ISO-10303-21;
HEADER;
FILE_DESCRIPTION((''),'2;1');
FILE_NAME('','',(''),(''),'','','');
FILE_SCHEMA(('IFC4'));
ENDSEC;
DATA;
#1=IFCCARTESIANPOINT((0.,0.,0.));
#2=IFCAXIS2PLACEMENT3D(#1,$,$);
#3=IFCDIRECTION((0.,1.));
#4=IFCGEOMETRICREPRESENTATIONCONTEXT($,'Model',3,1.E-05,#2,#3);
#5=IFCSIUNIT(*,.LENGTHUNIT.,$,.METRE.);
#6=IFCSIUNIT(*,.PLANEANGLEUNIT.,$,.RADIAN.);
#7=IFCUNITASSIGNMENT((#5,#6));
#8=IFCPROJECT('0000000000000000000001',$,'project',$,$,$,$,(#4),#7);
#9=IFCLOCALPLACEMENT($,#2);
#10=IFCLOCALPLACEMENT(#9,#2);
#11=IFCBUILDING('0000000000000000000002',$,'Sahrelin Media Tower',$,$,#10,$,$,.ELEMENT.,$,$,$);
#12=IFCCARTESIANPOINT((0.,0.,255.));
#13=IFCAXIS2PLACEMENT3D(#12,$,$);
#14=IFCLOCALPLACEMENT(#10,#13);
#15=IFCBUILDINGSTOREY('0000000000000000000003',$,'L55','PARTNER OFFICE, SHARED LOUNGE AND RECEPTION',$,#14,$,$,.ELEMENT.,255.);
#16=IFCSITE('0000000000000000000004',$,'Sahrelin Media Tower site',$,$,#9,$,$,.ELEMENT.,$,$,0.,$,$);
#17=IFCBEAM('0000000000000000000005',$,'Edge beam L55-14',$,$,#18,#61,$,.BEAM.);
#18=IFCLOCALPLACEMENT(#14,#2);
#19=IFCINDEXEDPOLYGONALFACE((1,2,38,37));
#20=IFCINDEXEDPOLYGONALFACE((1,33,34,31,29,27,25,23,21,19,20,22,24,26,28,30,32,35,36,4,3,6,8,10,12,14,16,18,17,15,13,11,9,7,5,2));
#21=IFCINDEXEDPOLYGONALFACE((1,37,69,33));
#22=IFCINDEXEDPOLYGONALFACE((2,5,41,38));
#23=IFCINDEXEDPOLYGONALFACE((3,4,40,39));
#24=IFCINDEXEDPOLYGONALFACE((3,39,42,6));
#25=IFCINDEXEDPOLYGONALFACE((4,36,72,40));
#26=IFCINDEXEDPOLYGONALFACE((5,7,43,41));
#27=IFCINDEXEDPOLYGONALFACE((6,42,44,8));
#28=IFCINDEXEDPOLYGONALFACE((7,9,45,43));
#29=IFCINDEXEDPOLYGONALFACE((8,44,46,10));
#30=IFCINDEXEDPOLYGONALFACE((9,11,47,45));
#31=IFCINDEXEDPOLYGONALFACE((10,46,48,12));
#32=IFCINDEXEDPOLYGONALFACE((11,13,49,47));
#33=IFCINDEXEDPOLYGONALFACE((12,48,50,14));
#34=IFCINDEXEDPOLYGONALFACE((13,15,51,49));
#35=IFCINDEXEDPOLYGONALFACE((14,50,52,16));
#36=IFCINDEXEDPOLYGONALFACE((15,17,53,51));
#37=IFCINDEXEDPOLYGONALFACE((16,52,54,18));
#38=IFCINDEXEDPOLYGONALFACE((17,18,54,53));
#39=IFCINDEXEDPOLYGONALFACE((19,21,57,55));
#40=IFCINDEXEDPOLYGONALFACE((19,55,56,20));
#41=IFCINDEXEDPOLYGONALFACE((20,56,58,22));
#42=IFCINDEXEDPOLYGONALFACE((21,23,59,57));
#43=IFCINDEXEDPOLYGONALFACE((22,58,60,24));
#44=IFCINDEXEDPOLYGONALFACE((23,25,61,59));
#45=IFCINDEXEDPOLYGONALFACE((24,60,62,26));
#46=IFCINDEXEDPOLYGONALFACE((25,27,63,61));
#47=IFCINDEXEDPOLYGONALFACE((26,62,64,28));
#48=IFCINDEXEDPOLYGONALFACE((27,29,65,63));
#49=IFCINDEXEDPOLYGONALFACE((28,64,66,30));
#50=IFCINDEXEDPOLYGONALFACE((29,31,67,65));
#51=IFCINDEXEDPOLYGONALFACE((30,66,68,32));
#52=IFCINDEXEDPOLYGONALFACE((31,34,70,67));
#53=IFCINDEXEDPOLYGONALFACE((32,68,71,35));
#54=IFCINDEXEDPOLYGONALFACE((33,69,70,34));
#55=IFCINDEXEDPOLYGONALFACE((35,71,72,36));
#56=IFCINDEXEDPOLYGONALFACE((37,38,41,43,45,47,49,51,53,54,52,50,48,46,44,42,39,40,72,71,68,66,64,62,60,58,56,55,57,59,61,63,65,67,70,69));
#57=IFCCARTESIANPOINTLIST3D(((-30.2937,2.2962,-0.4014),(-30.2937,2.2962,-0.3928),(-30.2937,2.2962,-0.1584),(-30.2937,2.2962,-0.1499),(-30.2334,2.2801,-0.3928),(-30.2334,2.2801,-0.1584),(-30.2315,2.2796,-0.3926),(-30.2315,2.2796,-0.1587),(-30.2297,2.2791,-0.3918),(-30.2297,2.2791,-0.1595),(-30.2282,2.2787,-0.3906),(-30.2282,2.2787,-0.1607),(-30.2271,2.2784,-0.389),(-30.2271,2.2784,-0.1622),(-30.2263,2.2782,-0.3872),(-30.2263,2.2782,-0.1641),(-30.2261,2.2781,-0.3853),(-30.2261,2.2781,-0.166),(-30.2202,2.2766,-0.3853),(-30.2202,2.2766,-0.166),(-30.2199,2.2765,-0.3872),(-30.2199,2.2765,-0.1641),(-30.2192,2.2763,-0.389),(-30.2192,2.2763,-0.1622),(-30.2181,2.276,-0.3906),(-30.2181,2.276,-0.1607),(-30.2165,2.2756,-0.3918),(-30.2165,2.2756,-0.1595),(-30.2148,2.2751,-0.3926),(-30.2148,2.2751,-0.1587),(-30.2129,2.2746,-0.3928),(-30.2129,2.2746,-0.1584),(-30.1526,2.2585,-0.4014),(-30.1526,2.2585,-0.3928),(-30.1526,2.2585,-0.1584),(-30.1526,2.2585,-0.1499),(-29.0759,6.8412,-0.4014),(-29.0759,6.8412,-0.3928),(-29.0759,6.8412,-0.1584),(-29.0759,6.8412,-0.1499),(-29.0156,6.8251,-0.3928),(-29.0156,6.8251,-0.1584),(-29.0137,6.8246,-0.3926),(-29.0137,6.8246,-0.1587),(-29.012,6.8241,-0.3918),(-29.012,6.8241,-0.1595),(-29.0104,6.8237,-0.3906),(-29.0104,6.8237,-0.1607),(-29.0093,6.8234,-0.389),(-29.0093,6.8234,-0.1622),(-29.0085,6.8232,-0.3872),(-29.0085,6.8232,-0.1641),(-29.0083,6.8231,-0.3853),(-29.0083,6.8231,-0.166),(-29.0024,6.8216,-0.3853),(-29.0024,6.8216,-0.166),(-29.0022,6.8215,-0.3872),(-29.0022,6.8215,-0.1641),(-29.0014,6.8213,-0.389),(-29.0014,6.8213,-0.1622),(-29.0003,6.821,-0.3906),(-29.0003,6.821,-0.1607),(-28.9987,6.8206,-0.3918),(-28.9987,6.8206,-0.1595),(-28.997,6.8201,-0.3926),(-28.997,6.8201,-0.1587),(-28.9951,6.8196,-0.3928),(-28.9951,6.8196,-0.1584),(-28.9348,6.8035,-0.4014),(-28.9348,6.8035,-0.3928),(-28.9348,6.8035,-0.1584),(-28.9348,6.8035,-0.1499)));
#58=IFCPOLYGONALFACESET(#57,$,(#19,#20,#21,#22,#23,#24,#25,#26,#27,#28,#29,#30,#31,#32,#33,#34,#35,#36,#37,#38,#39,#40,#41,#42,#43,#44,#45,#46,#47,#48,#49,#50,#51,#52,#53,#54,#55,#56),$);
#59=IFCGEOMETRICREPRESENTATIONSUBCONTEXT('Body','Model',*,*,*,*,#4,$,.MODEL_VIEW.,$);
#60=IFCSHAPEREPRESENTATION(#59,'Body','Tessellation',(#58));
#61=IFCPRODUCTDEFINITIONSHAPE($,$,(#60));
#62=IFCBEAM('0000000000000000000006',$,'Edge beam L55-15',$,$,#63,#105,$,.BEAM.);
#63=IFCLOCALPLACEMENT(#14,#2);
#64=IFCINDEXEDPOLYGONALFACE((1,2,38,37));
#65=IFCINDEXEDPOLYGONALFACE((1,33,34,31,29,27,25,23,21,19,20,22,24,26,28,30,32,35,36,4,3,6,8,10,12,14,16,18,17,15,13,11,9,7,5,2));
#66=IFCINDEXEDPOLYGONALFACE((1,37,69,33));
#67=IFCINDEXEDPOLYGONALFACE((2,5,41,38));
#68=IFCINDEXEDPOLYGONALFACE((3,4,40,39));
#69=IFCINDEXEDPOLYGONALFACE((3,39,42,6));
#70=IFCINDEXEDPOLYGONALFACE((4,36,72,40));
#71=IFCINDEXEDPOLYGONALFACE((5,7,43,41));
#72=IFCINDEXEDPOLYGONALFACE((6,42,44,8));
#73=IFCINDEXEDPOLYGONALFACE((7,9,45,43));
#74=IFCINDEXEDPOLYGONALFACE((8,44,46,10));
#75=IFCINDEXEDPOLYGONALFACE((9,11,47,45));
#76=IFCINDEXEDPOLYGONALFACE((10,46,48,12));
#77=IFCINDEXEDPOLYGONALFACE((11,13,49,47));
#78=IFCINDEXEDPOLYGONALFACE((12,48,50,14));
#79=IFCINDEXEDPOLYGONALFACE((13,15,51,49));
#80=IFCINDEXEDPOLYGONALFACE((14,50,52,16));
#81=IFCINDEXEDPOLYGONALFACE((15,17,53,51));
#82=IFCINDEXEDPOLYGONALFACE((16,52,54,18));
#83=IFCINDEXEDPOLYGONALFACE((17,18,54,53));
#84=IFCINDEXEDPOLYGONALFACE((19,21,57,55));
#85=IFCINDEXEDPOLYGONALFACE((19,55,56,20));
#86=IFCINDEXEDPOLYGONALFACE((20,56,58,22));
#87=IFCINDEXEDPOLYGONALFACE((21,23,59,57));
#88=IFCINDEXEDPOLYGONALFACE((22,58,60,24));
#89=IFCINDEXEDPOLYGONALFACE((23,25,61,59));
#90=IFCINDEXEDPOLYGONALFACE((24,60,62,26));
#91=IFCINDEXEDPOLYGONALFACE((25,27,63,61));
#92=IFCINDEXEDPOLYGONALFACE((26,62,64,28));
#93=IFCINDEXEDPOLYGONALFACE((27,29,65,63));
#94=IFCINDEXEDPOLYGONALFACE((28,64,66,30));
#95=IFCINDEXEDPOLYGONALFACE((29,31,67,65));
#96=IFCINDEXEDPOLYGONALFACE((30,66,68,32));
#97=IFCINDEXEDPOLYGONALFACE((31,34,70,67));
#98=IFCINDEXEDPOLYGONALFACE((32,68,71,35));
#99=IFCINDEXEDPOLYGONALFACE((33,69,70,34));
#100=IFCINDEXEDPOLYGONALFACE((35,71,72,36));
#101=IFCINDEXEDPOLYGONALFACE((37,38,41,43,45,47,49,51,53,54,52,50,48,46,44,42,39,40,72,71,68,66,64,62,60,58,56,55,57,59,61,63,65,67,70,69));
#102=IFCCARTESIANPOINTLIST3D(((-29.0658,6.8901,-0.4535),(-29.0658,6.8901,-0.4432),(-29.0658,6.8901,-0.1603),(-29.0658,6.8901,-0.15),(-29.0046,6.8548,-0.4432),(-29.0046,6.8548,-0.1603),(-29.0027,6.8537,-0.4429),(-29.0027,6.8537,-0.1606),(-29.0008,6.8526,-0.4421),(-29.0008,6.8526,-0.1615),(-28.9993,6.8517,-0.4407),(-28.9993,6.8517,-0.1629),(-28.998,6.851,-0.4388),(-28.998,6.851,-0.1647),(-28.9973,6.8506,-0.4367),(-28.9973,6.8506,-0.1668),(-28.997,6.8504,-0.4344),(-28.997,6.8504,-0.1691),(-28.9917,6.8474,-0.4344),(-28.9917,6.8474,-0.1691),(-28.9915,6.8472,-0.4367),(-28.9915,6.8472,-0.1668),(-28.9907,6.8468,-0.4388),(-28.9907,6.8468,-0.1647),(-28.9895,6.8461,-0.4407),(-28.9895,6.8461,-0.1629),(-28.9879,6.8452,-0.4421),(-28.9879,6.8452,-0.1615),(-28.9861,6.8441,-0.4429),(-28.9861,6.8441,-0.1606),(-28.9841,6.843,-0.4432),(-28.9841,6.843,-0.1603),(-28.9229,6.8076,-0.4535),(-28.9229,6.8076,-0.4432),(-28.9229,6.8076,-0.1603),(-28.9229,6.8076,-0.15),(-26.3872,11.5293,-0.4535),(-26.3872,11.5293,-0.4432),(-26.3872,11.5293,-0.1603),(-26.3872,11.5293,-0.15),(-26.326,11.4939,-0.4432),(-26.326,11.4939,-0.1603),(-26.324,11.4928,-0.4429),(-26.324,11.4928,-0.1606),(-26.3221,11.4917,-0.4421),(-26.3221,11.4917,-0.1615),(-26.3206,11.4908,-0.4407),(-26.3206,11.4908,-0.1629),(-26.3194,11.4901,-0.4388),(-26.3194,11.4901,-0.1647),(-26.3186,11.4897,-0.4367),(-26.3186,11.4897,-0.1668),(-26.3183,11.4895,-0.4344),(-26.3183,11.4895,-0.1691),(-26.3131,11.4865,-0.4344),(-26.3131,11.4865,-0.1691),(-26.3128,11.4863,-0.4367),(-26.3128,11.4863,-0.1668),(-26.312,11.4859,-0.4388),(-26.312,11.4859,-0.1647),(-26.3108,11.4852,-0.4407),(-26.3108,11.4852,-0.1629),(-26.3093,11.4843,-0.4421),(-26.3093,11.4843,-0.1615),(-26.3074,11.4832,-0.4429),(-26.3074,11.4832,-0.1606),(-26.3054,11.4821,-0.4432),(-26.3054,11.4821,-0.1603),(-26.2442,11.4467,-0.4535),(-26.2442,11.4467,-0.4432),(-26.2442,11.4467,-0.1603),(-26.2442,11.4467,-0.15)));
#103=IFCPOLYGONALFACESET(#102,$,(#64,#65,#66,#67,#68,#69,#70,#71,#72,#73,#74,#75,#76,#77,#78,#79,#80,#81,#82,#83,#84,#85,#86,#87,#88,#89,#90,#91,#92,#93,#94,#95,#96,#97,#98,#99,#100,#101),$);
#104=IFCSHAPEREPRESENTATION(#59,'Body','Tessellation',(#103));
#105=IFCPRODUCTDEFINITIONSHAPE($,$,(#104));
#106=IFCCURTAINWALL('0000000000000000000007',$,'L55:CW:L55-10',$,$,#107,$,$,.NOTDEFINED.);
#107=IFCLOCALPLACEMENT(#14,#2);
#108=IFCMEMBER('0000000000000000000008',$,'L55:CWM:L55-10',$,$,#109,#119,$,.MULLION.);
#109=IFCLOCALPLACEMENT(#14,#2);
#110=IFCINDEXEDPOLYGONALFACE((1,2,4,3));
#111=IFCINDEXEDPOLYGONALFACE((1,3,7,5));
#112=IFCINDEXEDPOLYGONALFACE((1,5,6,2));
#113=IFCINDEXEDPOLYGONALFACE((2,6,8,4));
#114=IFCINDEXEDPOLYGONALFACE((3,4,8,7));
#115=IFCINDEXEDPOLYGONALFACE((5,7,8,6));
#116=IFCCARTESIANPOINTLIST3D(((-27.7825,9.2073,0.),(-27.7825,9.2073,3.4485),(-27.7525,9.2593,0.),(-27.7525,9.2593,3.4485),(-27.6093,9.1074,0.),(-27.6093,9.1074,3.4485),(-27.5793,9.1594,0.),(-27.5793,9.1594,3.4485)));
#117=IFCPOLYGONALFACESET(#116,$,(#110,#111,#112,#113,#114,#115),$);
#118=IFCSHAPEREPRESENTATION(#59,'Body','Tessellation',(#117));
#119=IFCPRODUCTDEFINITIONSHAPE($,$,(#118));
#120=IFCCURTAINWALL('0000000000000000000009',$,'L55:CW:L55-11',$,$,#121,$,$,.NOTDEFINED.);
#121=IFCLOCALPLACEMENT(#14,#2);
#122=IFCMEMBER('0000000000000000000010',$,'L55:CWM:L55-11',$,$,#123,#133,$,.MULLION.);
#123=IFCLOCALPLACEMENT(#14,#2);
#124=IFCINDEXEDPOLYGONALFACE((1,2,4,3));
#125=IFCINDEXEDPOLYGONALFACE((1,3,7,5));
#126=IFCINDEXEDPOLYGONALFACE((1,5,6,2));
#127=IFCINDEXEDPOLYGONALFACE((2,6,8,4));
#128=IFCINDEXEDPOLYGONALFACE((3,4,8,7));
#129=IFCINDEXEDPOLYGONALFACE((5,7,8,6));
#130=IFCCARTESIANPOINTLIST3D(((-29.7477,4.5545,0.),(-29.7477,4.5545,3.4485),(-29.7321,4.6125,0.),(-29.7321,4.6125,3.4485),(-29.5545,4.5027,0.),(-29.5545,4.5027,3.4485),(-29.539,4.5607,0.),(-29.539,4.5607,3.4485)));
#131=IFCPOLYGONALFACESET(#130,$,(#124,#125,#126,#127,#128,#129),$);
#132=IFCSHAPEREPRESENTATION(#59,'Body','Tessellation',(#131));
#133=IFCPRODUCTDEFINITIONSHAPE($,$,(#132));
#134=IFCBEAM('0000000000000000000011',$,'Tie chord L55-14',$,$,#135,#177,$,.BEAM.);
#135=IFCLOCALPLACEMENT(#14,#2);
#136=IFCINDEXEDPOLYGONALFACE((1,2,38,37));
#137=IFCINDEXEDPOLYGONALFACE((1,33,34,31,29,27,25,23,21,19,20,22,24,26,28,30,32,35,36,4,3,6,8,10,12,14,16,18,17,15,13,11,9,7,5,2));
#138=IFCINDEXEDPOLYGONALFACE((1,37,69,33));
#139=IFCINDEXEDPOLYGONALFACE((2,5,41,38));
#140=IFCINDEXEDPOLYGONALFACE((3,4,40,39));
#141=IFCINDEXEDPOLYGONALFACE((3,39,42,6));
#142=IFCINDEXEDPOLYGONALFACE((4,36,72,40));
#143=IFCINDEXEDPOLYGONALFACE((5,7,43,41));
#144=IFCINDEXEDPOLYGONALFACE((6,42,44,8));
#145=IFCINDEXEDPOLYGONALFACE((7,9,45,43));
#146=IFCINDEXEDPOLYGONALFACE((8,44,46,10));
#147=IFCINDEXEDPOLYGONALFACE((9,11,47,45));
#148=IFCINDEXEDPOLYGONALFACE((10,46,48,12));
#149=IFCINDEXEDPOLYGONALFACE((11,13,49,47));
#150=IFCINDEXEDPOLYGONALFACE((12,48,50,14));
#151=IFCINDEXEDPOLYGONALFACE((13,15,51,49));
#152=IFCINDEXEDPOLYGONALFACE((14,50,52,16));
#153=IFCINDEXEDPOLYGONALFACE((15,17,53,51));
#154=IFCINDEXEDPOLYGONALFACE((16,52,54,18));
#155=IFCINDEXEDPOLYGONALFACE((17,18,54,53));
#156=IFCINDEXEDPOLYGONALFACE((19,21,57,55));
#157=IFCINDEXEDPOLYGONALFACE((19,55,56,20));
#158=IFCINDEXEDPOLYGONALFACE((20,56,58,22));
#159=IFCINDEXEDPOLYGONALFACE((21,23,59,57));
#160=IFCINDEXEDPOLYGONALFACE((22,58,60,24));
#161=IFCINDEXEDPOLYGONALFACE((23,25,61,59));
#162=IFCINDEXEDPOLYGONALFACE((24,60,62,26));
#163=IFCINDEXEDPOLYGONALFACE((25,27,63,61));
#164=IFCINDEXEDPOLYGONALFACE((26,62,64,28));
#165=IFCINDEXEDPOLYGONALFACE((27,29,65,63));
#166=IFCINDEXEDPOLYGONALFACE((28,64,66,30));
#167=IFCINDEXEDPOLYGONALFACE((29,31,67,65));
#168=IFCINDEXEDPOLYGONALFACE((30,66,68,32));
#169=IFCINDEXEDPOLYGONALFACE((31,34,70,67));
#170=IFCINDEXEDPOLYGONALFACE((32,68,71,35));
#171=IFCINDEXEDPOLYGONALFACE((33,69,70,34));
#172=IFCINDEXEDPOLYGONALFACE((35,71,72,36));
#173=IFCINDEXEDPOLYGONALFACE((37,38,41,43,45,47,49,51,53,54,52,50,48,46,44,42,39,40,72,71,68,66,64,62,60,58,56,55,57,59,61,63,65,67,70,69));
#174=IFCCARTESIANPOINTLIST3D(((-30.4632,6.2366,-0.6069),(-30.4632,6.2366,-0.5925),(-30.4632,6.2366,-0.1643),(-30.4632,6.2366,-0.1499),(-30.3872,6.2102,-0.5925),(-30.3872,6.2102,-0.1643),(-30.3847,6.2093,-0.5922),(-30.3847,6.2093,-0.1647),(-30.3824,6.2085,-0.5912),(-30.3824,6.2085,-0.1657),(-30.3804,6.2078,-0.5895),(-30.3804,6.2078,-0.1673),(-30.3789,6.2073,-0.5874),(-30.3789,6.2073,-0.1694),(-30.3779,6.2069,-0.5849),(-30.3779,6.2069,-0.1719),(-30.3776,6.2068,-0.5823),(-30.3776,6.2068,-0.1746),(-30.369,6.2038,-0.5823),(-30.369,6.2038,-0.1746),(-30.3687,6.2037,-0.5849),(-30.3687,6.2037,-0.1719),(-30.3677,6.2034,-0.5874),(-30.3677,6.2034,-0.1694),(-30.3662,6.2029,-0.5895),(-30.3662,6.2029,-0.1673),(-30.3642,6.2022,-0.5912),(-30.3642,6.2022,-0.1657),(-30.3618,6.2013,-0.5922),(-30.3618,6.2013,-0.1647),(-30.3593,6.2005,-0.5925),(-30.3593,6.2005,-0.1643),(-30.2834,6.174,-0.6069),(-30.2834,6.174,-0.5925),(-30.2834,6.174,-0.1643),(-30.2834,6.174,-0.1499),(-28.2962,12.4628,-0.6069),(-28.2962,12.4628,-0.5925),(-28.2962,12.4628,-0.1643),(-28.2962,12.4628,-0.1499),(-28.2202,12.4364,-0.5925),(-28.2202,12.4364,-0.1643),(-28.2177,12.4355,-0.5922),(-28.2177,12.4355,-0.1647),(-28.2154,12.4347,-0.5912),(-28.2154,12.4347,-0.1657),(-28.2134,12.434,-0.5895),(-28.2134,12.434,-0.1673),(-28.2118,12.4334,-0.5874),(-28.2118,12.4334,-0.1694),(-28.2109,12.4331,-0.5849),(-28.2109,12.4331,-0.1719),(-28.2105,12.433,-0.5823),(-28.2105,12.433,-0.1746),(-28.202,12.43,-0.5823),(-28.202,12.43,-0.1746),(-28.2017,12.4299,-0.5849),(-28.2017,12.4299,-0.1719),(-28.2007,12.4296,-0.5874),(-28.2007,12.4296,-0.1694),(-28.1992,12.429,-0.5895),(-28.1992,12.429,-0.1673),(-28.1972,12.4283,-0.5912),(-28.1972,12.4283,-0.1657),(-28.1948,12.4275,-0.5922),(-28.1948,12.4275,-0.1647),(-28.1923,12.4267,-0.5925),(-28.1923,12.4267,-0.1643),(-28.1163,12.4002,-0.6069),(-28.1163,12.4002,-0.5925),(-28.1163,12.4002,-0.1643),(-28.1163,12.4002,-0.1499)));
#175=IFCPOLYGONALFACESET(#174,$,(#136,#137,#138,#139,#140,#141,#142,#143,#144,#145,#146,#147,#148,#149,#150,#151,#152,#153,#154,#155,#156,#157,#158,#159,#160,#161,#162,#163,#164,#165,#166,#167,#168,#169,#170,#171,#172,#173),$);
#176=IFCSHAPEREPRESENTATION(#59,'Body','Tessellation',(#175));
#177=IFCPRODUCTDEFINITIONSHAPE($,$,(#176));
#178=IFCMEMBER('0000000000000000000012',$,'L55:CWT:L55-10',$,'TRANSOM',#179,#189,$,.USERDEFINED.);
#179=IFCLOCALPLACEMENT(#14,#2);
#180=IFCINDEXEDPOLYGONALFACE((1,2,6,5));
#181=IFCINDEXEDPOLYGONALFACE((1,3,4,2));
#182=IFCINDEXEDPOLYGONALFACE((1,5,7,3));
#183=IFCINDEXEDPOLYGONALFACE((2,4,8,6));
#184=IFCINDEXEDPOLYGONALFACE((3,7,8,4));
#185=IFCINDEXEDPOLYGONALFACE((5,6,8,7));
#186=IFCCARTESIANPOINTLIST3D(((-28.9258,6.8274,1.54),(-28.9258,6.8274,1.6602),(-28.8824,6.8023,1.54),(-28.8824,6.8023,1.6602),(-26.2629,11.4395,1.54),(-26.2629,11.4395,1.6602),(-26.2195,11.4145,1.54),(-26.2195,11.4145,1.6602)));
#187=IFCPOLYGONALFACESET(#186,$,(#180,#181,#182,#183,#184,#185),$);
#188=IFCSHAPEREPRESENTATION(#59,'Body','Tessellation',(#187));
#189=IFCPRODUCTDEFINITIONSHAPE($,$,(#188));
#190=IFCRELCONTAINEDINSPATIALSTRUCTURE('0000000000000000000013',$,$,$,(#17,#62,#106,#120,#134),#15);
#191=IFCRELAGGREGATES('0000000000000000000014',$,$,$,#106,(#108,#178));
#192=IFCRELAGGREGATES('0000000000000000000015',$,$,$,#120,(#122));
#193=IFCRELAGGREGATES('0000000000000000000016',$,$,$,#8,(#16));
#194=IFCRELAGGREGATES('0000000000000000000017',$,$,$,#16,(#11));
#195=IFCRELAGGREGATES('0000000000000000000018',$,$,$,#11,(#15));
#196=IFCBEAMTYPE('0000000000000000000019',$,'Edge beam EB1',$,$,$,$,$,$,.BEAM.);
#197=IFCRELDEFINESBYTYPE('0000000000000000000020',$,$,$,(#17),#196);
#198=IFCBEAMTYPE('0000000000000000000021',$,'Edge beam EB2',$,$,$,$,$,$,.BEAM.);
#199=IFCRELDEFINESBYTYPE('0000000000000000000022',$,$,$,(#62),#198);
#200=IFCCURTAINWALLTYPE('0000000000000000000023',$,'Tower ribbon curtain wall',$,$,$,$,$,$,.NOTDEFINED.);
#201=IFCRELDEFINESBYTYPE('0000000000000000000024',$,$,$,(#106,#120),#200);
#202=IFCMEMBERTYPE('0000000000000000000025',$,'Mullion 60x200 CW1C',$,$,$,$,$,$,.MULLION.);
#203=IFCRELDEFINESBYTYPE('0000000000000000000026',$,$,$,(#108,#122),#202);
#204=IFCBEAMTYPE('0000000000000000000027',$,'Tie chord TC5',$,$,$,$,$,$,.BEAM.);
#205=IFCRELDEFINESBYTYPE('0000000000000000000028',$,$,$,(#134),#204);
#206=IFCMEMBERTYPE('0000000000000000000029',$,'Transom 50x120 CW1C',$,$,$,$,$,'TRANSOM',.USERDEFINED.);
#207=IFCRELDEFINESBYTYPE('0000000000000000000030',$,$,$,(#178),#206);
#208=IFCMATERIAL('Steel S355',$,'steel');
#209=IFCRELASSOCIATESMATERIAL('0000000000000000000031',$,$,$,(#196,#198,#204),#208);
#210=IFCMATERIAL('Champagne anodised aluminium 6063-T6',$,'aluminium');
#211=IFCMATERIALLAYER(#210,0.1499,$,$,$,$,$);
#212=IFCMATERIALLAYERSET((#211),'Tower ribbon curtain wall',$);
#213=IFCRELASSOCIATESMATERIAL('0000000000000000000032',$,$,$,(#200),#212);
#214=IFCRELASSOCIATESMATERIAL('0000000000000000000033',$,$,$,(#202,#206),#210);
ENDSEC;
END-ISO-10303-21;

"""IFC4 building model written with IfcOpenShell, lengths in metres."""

from ifc_helpers import new_model, si_unit, direction, frame, origin, origin_2d, place, context, subcontext, project, spatial, rectangle, i_section, extrude, material, layer, layer_set, material_profile, profile_set, type_object, element, aggregate, save


model = new_model("IFC4")

# Units and contexts
model_context = context("Model", 3, precision=1e-05, world=origin(), true_north=direction((0.0, 1.0)))
body_context = subcontext(model_context, "Body", "Model", "MODEL_VIEW")
ifc_project = project(units=[si_unit("LENGTHUNIT", "METRE"), si_unit("PLANEANGLEUNIT", "RADIAN")], contexts=[model_context])

# Site, building, storey
site_placement = place(None, origin())
site = spatial("IfcSite", under=ifc_project, at=site_placement, Name="Sahrelin Media Tower site", CompositionType="ELEMENT", RefElevation=0.0)
building_placement = place(site_placement, origin())
building = spatial("IfcBuilding", under=site, at=building_placement, Name="Sahrelin Media Tower", CompositionType="ELEMENT")
storey_placement = place(building_placement, frame((0.0, 0.0, 255.0)))
storey = spatial("IfcBuildingStorey", under=building, at=storey_placement, Name="L55", Description="PARTNER OFFICE, SHARED LOUNGE AND RECEPTION", CompositionType="ELEMENT", Elevation=255.0)

# Beams
ifc_material_1 = material(Name="Steel S355", Category="steel")
ifc_material_profile_1 = material_profile(ifc_material_1, i_section(OverallWidth=0.146, OverallDepth=0.2515, WebThickness=0.0061, FlangeThickness=0.0085, FilletRadius=0.0076, at=origin_2d()), Name="UB 254x146x31")
ifc_profile_set_1 = profile_set([ifc_material_profile_1], Name="Steel S355")
beam_type_1 = type_object("IfcBeamType", Name="Edge beam EB1", PredefinedType="BEAM", material=ifc_profile_set_1)
beam_1_placement = place(storey_placement, frame((-30.2231, 2.2773, -0.2756), z_axis=(0.258812, 0.965928, 0.0), x_axis=(-0.965928, 0.258812, 0.0)))
element("IfcBeam", 1, at=beam_1_placement, inside=storey, type_object=beam_type_1, Name="Edge beam L55-14", PredefinedType="BEAM", context=body_context, shape_type="SweptSolid", body=[
    extrude(i_section(OverallWidth=0.146, OverallDepth=0.2515, WebThickness=0.0061, FlangeThickness=0.0085, FilletRadius=0.0076, at=origin_2d()), origin(), (0.0, 0.0, 1.0), 4.7053),
])
ifc_material_profile_2 = material_profile(ifc_material_1, i_section(OverallWidth=0.165, OverallDepth=0.3035, WebThickness=0.0061, FlangeThickness=0.0103, FilletRadius=0.0088, at=origin_2d()), Name="UB 305x165x40")
ifc_profile_set_2 = profile_set([ifc_material_profile_2], Name="Steel S355")
beam_type_2 = type_object("IfcBeamType", Name="Edge beam EB2", PredefinedType="BEAM", material=ifc_profile_set_2)
beam_2_placement = place(storey_placement, frame((-28.9944, 6.8489, -0.3018), z_axis=(0.500041, 0.866002, 0.0), x_axis=(-0.866002, 0.500041, 0.0)))
element("IfcBeam", 2, at=beam_2_placement, inside=storey, type_object=beam_type_2, Name="Edge beam L55-15", PredefinedType="BEAM", context=body_context, shape_type="SweptSolid", body=[
    extrude(i_section(OverallWidth=0.165, OverallDepth=0.3035, WebThickness=0.0061, FlangeThickness=0.0103, FilletRadius=0.0088, at=origin_2d()), origin(), (0.0, 0.0, 1.0), 5.3569),
])

# Curtain walls, members
ifc_material_2 = material(Name="Champagne anodised aluminium 6063-T6", Category="aluminium")
ifc_layer_1 = layer(ifc_material_2, 0.1499)
ifc_layer_set_1 = layer_set([ifc_layer_1], Name="Tower ribbon curtain wall")
curtain_wall_type = type_object("IfcCurtainWallType", Name="Tower ribbon curtain wall", PredefinedType="NOTDEFINED", material=ifc_layer_set_1)
curtain_wall_1_placement = place(storey_placement, frame((-27.7849, 9.2434, 0.0), z_axis=(0.0, 0.0, 1.0), x_axis=(1.0, 0.0, 0.0)))
curtain_wall_1 = element("IfcCurtainWall", 3, at=curtain_wall_1_placement, inside=storey, type_object=curtain_wall_type, Name="L55:CW:L55-10", PredefinedType="NOTDEFINED")
ifc_material_profile_3 = material_profile(ifc_material_2, rectangle(XDim=0.0601, YDim=0.2, at=origin_2d()), Name="Mullion 60x200")
ifc_profile_set_3 = profile_set([ifc_material_profile_3], Name="Champagne anodised aluminium 6063-T6")
member_type_1 = type_object("IfcMemberType", Name="Mullion 60x200 CW1C", PredefinedType="MULLION", material=ifc_profile_set_3)
member_1_placement = place(storey_placement, frame((-27.6809, 9.1833, 0.0), z_axis=(0.0, 0.0, 1.0), x_axis=(-0.5, -0.866025, 0.0)))
member_1 = element("IfcMember", 4, at=member_1_placement, type_object=member_type_1, Name="L55:CWM:L55-10", PredefinedType="MULLION", context=body_context, shape_type="SweptSolid", body=[
    extrude(rectangle(XDim=0.0601, YDim=0.2, at=origin_2d()), origin(), (0.0, 0.0, 1.0), 3.4485),
])
curtain_wall_2_placement = place(storey_placement, frame((-29.759, 4.5886, 0.0), z_axis=(0.0, 0.0, 1.0), x_axis=(1.0, 0.0, 0.0)))
curtain_wall_2 = element("IfcCurtainWall", 5, at=curtain_wall_2_placement, inside=storey, type_object=curtain_wall_type, Name="L55:CW:L55-11", PredefinedType="NOTDEFINED")
member_2_placement = place(storey_placement, frame((-29.6433, 4.5576, 0.0), z_axis=(0.0, 0.0, 1.0), x_axis=(-0.258836, -0.965921, 0.0)))
member_2 = element("IfcMember", 6, at=member_2_placement, type_object=member_type_1, Name="L55:CWM:L55-11", PredefinedType="MULLION", context=body_context, shape_type="SweptSolid", body=[
    extrude(rectangle(XDim=0.0601, YDim=0.2, at=origin_2d()), origin(), (0.0, 0.0, 1.0), 3.4485),
])

# Beam
ifc_material_profile_4 = material_profile(ifc_material_1, i_section(OverallWidth=0.1904, OverallDepth=0.457, WebThickness=0.009, FlangeThickness=0.0144, FilletRadius=0.0103, at=origin_2d()), Name="UB 457x191x74")
ifc_profile_set_4 = profile_set([ifc_material_profile_4], Name="Steel S355")
beam_type_3 = type_object("IfcBeamType", Name="Tie chord TC5", PredefinedType="BEAM", material=ifc_profile_set_4)
beam_3_placement = place(storey_placement, frame((-30.3733, 6.2053, -0.3784), z_axis=(0.32871, 0.944431, 0.0), x_axis=(-0.944431, 0.32871, 0.0)))
element("IfcBeam", 7, at=beam_3_placement, inside=storey, type_object=beam_type_3, Name="Tie chord L55-14", PredefinedType="BEAM", context=body_context, shape_type="SweptSolid", body=[
    extrude(i_section(OverallWidth=0.1904, OverallDepth=0.457, WebThickness=0.009, FlangeThickness=0.0144, FilletRadius=0.0103, at=origin_2d()), origin(), (0.0, 0.0, 1.0), 6.5925),
])

# Member
ifc_material_profile_5 = material_profile(ifc_material_2, rectangle(XDim=0.05, YDim=0.1201, at=origin_2d()), Name="Transom 50x120")
ifc_profile_set_5 = profile_set([ifc_material_profile_5], Name="Champagne anodised aluminium 6063-T6")
member_type_2 = type_object("IfcMemberType", Name="Transom 50x120 CW1C", ElementType="TRANSOM", PredefinedType="USERDEFINED", material=ifc_profile_set_5)
member_3_placement = place(storey_placement, frame((-26.2412, 11.427, 1.6001), z_axis=(-0.500009, -0.86602, 0.0), x_axis=(0.86602, -0.500009, 0.0)))
member_3 = element("IfcMember", 8, at=member_3_placement, type_object=member_type_2, Name="L55:CWT:L55-10", ObjectType="TRANSOM", PredefinedType="USERDEFINED", context=body_context, shape_type="SweptSolid", body=[
    extrude(rectangle(XDim=0.05, YDim=0.1201, at=origin_2d()), origin(), (0.0, 0.0, 1.0), 5.3257),
])
aggregate(curtain_wall_1, [member_1, member_3])

aggregate(curtain_wall_2, [member_2])

save(model, "model.ifc")
